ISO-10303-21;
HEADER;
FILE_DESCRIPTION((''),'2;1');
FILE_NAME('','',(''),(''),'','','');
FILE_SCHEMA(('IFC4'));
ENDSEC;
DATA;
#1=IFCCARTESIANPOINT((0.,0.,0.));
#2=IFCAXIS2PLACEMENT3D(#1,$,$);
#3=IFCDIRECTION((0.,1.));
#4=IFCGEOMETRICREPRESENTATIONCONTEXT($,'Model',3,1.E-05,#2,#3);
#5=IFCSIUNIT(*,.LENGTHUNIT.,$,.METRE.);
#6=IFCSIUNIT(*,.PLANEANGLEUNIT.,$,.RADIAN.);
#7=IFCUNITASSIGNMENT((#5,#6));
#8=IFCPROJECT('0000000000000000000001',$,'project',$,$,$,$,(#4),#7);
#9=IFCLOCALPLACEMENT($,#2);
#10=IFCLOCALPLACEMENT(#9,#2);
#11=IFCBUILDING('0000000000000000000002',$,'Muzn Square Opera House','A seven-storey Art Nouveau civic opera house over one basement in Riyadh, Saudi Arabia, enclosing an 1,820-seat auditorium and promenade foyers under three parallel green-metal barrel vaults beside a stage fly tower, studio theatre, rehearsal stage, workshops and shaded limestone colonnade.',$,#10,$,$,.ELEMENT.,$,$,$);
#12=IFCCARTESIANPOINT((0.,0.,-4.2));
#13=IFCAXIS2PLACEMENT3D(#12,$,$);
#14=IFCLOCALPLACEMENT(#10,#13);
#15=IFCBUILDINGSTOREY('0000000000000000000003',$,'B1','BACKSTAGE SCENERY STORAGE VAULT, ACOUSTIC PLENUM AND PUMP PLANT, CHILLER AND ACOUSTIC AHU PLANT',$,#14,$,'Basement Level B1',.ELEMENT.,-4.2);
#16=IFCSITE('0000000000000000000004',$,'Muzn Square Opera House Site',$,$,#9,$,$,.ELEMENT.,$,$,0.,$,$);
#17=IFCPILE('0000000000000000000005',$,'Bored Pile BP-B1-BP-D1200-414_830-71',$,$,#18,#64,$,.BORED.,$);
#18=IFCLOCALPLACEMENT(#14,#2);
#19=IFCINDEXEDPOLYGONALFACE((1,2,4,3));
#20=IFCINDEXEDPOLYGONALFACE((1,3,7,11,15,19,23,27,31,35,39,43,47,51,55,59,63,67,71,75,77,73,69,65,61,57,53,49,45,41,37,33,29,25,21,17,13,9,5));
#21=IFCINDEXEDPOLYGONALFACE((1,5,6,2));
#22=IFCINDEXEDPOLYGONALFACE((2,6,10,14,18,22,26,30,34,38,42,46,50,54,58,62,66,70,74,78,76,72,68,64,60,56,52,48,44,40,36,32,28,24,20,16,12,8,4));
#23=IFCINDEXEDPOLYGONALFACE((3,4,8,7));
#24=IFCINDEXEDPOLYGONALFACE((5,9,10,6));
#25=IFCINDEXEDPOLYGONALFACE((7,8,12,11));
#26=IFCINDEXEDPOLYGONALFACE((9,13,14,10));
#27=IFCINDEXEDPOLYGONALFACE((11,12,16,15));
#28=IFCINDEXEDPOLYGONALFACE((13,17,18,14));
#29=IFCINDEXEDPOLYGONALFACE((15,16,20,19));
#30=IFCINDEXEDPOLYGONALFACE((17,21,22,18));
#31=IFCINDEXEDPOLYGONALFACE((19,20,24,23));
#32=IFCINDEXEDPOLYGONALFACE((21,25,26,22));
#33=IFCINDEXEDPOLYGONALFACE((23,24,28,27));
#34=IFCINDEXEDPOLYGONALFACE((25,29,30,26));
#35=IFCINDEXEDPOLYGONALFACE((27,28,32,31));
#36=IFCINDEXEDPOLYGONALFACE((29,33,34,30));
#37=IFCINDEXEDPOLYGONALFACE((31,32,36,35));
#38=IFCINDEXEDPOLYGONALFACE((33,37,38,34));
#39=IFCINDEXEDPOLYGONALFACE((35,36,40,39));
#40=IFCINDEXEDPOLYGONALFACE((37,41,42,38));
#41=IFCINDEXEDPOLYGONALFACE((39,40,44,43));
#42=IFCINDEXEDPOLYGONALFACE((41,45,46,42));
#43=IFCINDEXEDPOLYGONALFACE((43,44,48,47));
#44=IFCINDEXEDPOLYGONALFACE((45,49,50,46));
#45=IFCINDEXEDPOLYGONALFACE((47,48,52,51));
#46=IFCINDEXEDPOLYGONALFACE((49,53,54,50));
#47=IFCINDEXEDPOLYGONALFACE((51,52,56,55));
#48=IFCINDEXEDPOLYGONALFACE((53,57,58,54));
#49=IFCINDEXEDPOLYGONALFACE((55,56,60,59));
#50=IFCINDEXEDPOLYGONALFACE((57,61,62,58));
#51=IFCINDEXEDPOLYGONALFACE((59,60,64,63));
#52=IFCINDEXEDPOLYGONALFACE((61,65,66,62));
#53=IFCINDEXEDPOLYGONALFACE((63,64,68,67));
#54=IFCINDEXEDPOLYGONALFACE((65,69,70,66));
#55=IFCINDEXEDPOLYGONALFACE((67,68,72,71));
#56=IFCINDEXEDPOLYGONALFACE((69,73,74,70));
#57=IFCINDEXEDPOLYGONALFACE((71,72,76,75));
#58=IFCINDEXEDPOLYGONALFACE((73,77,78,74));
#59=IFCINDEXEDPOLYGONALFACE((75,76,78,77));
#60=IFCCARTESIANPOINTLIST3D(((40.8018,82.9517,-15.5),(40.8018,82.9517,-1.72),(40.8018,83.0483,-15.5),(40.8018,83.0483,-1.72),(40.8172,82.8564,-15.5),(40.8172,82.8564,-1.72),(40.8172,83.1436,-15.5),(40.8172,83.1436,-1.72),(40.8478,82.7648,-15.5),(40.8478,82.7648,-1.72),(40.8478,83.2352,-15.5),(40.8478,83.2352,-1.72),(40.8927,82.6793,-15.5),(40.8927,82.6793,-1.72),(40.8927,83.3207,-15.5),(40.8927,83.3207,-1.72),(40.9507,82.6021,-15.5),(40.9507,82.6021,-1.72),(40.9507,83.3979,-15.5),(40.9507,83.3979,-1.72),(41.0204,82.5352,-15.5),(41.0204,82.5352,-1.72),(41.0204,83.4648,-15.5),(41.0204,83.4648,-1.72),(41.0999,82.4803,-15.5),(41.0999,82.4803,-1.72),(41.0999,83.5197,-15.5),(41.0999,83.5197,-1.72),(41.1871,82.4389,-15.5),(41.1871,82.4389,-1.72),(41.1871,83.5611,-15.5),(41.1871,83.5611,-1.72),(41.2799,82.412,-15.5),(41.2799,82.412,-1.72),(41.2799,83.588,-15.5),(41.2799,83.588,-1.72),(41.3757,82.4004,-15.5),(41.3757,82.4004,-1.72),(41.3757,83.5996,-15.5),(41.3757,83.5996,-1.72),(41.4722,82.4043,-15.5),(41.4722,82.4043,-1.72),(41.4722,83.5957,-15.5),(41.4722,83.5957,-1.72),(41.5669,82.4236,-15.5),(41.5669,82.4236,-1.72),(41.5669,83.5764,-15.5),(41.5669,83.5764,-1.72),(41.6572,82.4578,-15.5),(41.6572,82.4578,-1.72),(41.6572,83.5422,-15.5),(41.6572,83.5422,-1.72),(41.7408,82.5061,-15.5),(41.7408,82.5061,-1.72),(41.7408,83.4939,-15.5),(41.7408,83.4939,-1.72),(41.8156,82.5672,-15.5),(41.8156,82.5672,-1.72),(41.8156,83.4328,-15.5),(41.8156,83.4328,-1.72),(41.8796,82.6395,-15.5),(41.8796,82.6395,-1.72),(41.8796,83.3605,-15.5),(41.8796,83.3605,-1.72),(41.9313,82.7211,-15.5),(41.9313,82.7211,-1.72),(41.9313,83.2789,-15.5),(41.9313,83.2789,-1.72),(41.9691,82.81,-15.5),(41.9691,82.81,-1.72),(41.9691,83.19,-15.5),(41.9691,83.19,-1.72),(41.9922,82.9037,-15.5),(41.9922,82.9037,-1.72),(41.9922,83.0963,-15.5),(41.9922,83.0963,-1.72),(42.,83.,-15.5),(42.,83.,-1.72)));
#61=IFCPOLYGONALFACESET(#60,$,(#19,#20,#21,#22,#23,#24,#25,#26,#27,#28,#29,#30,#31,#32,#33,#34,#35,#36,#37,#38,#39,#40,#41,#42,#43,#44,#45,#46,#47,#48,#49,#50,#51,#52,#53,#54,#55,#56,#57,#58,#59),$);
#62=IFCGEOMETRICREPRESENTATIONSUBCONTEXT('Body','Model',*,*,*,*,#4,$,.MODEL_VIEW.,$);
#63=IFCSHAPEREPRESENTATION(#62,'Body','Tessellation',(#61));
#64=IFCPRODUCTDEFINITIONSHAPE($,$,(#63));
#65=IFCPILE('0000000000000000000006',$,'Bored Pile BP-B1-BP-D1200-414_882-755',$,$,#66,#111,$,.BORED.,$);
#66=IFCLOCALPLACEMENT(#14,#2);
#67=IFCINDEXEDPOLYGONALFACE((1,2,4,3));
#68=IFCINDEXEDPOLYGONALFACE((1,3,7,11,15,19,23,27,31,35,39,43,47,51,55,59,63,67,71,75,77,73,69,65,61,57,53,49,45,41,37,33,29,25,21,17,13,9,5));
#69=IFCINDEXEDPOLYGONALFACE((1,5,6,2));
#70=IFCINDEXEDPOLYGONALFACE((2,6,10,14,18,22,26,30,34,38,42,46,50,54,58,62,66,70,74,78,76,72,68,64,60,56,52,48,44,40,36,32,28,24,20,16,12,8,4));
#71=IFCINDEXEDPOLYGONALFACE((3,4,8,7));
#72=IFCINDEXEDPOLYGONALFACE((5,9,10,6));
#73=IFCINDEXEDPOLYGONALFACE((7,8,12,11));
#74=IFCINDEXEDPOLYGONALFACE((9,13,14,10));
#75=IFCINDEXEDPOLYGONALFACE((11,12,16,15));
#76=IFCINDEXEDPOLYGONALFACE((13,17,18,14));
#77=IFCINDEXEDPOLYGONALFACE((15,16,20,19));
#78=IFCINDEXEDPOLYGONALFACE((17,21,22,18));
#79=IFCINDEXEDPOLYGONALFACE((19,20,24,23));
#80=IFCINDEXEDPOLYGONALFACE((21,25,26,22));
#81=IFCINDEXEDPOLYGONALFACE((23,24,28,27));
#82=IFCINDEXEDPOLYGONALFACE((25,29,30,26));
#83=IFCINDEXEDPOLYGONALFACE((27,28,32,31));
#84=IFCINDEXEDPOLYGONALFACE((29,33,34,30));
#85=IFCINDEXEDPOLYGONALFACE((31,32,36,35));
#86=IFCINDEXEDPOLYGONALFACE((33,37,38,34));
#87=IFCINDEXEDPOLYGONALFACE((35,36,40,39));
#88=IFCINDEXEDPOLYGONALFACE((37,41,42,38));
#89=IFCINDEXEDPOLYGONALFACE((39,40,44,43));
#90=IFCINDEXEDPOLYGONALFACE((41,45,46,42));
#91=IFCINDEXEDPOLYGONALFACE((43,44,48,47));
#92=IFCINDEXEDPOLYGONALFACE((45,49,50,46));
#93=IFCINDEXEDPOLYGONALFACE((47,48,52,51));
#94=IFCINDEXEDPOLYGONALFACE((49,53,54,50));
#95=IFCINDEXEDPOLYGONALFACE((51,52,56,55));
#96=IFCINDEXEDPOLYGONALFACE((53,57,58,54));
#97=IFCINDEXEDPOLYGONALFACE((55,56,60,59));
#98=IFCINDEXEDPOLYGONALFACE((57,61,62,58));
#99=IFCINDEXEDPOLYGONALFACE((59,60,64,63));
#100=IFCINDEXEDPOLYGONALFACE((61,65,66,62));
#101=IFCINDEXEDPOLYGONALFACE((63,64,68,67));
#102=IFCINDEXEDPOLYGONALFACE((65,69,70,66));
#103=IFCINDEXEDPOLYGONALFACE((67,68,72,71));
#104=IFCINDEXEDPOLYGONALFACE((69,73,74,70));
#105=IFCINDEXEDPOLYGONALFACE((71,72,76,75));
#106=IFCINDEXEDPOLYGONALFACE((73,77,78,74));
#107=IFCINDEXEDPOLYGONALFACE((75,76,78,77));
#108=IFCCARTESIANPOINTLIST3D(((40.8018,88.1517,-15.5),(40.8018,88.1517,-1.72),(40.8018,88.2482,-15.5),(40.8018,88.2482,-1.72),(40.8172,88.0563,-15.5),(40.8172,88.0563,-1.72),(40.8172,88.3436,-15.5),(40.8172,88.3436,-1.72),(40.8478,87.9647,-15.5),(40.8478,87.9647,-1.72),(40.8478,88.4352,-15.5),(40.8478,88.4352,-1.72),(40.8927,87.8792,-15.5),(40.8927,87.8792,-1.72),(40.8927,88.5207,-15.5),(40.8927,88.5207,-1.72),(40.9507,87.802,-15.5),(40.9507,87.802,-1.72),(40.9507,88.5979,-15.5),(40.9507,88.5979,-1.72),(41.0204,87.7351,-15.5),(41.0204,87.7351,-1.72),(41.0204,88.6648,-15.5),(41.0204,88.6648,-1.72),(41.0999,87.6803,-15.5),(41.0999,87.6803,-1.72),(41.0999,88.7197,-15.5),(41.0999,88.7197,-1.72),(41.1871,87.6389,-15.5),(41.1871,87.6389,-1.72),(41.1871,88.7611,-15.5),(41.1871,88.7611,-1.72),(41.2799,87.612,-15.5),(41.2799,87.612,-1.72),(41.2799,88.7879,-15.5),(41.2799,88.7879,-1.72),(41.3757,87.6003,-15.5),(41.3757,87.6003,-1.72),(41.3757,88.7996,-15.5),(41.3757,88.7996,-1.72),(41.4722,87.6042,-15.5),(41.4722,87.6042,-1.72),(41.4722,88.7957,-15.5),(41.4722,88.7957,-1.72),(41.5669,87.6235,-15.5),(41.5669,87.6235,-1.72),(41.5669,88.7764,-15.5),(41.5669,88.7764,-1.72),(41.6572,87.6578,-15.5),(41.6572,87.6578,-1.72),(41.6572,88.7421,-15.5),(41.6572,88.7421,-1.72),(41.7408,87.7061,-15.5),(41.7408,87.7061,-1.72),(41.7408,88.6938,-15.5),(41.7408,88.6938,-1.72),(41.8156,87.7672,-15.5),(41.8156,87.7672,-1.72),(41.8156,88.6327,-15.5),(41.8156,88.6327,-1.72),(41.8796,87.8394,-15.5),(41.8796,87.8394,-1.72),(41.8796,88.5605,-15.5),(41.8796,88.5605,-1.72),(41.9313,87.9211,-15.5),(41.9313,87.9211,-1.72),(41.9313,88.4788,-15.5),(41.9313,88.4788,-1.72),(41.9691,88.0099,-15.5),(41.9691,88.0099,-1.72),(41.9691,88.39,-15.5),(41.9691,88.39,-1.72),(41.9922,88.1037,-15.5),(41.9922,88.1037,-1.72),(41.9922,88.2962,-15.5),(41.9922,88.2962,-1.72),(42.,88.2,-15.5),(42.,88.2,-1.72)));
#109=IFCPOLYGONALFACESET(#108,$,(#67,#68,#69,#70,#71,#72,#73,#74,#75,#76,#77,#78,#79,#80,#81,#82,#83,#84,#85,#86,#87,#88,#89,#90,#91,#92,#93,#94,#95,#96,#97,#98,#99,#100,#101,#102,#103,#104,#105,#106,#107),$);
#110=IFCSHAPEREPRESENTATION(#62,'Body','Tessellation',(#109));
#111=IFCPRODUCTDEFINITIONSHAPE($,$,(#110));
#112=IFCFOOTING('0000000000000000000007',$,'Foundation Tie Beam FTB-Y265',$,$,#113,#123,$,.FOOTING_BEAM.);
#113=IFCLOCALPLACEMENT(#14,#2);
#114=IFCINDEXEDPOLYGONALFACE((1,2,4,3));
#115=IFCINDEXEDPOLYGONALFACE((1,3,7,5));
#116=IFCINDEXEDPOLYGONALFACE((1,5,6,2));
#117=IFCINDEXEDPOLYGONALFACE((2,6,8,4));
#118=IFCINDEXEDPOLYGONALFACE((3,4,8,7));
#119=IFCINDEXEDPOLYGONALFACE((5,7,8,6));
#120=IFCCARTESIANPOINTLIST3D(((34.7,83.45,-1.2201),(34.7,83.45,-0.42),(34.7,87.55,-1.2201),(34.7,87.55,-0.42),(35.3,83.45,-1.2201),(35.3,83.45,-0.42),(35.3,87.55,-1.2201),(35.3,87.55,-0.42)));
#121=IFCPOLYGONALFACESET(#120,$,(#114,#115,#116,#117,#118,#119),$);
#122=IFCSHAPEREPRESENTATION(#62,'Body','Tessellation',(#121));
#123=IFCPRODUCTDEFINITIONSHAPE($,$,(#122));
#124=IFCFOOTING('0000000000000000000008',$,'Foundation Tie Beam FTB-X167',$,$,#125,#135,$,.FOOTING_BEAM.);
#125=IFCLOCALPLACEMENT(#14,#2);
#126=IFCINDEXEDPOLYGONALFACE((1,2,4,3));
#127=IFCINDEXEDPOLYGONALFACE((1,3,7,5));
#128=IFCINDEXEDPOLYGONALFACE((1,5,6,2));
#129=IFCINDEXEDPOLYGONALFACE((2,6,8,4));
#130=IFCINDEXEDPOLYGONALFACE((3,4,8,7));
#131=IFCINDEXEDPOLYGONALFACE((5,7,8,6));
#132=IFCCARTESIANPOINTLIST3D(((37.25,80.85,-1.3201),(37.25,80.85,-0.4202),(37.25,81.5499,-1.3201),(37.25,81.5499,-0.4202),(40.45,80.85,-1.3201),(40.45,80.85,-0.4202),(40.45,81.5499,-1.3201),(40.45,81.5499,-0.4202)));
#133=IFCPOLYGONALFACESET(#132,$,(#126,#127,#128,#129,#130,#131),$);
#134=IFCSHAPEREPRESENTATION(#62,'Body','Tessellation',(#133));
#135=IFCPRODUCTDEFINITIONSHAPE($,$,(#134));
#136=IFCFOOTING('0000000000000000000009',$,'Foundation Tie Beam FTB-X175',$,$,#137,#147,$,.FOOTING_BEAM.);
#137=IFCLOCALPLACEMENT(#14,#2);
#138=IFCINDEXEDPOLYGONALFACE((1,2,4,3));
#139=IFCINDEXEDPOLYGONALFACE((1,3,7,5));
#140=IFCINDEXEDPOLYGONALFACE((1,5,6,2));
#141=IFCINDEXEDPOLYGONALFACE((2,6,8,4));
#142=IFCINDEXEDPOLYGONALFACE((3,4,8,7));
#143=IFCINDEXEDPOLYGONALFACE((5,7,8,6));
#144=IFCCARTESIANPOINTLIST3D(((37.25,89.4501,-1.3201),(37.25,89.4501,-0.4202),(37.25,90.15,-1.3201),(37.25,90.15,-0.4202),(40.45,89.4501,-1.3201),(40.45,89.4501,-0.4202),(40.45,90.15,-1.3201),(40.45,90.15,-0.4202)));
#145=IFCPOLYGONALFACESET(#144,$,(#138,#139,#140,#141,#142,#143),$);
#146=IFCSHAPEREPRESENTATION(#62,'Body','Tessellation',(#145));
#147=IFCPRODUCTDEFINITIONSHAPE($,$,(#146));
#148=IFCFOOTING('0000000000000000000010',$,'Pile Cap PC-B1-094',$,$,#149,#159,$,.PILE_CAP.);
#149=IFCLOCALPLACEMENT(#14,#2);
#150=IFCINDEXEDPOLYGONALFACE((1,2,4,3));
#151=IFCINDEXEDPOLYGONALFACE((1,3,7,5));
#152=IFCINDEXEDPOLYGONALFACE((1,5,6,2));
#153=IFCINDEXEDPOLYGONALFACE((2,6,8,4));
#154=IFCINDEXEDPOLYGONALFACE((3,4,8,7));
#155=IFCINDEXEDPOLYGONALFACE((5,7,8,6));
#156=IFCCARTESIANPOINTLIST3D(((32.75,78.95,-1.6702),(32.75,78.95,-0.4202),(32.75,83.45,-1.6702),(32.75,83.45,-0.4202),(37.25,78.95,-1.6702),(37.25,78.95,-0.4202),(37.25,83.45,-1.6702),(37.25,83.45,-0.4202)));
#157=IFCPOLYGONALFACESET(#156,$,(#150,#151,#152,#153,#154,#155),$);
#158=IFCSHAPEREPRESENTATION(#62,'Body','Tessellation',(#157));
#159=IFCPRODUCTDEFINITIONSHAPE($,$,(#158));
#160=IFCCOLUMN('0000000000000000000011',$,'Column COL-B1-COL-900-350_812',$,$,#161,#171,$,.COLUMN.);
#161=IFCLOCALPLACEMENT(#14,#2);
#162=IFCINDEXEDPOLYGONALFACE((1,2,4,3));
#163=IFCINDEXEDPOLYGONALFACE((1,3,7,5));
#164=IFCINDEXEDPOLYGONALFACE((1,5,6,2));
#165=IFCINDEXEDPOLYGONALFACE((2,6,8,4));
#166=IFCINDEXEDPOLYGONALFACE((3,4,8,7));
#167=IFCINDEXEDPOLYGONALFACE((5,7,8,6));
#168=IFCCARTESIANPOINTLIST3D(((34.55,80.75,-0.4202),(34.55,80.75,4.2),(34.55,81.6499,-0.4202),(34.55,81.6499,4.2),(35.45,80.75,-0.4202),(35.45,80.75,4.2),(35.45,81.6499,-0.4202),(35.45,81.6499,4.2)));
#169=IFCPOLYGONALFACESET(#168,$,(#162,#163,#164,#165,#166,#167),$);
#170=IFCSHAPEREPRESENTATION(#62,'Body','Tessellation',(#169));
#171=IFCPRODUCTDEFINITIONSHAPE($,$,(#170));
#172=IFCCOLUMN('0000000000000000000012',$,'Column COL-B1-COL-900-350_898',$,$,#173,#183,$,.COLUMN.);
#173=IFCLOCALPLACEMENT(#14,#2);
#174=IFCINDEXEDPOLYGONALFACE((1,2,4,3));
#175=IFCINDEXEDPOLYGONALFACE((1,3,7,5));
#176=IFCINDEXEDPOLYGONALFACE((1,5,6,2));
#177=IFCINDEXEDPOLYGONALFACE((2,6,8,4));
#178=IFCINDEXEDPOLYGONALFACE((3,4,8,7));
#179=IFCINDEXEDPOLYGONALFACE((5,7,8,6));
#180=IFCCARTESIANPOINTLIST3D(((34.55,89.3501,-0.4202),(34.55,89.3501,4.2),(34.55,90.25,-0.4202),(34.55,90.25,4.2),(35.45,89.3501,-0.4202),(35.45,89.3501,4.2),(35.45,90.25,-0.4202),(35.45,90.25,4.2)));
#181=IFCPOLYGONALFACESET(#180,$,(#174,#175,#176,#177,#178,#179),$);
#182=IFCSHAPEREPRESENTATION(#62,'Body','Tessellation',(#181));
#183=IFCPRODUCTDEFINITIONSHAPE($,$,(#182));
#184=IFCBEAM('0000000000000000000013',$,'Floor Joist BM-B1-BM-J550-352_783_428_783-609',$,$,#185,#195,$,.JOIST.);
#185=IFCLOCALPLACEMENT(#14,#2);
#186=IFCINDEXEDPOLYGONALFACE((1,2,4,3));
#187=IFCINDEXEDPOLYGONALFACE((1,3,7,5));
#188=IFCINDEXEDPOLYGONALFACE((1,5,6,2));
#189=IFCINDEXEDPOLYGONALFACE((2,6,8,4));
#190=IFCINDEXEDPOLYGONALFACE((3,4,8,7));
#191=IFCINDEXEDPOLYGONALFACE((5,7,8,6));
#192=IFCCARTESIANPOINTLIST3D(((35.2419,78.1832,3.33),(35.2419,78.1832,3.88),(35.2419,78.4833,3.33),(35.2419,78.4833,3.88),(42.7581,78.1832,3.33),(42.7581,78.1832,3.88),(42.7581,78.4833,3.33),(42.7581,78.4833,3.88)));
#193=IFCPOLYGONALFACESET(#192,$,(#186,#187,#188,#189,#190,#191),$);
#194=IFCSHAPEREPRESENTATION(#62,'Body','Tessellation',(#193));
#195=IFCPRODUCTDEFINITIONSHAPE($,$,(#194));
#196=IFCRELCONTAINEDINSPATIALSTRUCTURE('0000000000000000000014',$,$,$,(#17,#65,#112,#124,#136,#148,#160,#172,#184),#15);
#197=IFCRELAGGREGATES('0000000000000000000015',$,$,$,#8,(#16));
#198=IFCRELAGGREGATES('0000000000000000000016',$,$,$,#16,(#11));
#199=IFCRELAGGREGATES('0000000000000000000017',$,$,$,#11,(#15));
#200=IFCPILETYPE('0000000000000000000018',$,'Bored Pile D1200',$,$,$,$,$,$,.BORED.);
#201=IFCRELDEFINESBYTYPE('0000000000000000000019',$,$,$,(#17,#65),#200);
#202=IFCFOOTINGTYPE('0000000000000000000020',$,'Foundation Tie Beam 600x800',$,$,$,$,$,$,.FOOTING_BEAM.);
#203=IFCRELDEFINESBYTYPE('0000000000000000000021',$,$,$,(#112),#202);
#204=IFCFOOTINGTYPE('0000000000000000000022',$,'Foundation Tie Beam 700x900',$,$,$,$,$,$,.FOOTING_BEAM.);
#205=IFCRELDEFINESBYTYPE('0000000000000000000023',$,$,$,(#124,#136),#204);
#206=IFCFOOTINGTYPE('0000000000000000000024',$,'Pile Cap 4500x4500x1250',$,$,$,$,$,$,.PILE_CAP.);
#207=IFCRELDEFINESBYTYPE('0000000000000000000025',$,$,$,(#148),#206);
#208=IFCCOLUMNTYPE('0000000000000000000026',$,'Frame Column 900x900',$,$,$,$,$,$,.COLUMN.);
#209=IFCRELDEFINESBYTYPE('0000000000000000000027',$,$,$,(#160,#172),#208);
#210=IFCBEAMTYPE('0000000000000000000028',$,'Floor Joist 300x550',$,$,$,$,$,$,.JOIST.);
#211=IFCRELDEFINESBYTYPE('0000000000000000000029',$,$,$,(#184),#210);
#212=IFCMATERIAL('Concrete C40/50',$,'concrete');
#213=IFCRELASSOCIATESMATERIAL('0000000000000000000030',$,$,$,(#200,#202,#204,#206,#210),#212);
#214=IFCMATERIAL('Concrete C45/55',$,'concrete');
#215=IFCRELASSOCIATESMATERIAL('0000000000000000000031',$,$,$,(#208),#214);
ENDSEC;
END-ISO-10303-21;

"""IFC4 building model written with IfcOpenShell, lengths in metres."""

from ifc_helpers import new_model, si_unit, direction, frame, origin, origin_2d, place, context, subcontext, project, spatial, rectangle, circle, extrude, material, material_profile, profile_set, type_object, element, save


model = new_model("IFC4")

# Units and contexts
model_context = context("Model", 3, precision=1e-05, world=origin(), true_north=direction((0.0, 1.0)))
body_context = subcontext(model_context, "Body", "Model", "MODEL_VIEW")
ifc_project = project(units=[si_unit("LENGTHUNIT", "METRE"), si_unit("PLANEANGLEUNIT", "RADIAN")], contexts=[model_context])

# Site, building, storey
site_placement = place(None, origin())
site = spatial("IfcSite", under=ifc_project, at=site_placement, Name="Muzn Square Opera House Site", CompositionType="ELEMENT", RefElevation=0.0)
building_placement = place(site_placement, origin())
building = spatial("IfcBuilding", under=site, at=building_placement, Name="Muzn Square Opera House", Description="A seven-storey Art Nouveau civic opera house over one basement in Riyadh, Saudi Arabia, enclosing an 1,820-seat auditorium and promenade foyers under three parallel green-metal barrel vaults beside a stage fly tower, studio theatre, rehearsal stage, workshops and shaded limestone colonnade.", CompositionType="ELEMENT")
storey_placement = place(building_placement, frame((0.0, 0.0, -4.2)))
storey = spatial("IfcBuildingStorey", under=building, at=storey_placement, Name="B1", Description="BACKSTAGE SCENERY STORAGE VAULT, ACOUSTIC PLENUM AND PUMP PLANT, CHILLER AND ACOUSTIC AHU PLANT", LongName="Basement Level B1", CompositionType="ELEMENT", Elevation=-4.2)

# Piles
ifc_material_1 = material(Name="Concrete C40/50", Category="concrete")
ifc_material_profile_1 = material_profile(ifc_material_1, circle(Radius=0.6001, at=origin_2d()), Name="BORED PILE D1200", Category="concrete")
ifc_profile_set_1 = profile_set([ifc_material_profile_1], Name="Concrete C40/50")
pile_type_1 = type_object("IfcPileType", Name="Bored Pile D1200", PredefinedType="BORED", material=ifc_profile_set_1)
for number, where, z_axis, x_axis, name in (
    (1, (41.3999, 83.0, -1.72), (0.0, 0.0, -1.0), (1.0, 0.0, 0.0), "Bored Pile BP-B1-BP-D1200-414_830-71"),
    (2, (41.3999, 88.2, -1.72), (0.0, 0.0, -1.0), (1.0, 0.0, 0.0), "Bored Pile BP-B1-BP-D1200-414_882-755"),
):
    element("IfcPile", number, at=place(storey_placement, frame(where, z_axis=z_axis, x_axis=x_axis)), inside=storey, type_object=pile_type_1, Name=name, PredefinedType="BORED", context=body_context, shape_type="SweptSolid", body=[
        extrude(circle(Radius=0.6001, at=origin_2d()), origin(), (0.0, 0.0, 1.0), 13.78),
    ])

# Footings
ifc_material_profile_2 = material_profile(ifc_material_1, rectangle(XDim=0.6001, YDim=0.8, at=origin_2d()), Name="RCTB 600x800", Category="concrete")
ifc_profile_set_2 = profile_set([ifc_material_profile_2], Name="Concrete C40/50")
footing_type_1 = type_object("IfcFootingType", Name="Foundation Tie Beam 600x800", PredefinedType="FOOTING_BEAM", material=ifc_profile_set_2)
footing_1_placement = place(storey_placement, frame((35.0, 83.45, -0.8201), z_axis=(0.0, 1.0, 0.0), x_axis=(-1.0, 0.0, 0.0)))
element("IfcFooting", 3, at=footing_1_placement, inside=storey, type_object=footing_type_1, Name="Foundation Tie Beam FTB-Y265", PredefinedType="FOOTING_BEAM", context=body_context, shape_type="SweptSolid", body=[
    extrude(rectangle(XDim=0.6001, YDim=0.8, at=origin_2d()), origin(), (0.0, 0.0, 1.0), 4.1001),
])
ifc_material_profile_3 = material_profile(ifc_material_1, rectangle(XDim=0.7, YDim=0.8999, at=origin_2d()), Name="RCTB 700x900", Category="concrete")
ifc_profile_set_3 = profile_set([ifc_material_profile_3], Name="Concrete C40/50")
footing_type_2 = type_object("IfcFootingType", Name="Foundation Tie Beam 700x900", PredefinedType="FOOTING_BEAM", material=ifc_profile_set_3)
for number, where, z_axis, x_axis, name in (
    (4, (37.25, 81.2, -0.8701), (1.0, 0.0, 0.0), (0.0, 1.0, 0.0), "Foundation Tie Beam FTB-X167"),
    (5, (37.25, 89.8, -0.8701), (1.0, 0.0, 0.0), (0.0, 1.0, 0.0), "Foundation Tie Beam FTB-X175"),
):
    element("IfcFooting", number, at=place(storey_placement, frame(where, z_axis=z_axis, x_axis=x_axis)), inside=storey, type_object=footing_type_2, Name=name, PredefinedType="FOOTING_BEAM", context=body_context, shape_type="SweptSolid", body=[
        extrude(rectangle(XDim=0.7, YDim=0.8999, at=origin_2d()), origin(), (0.0, 0.0, 1.0), 3.2),
    ])
footing_type_3 = type_object("IfcFootingType", Name="Pile Cap 4500x4500x1250", PredefinedType="PILE_CAP", material=ifc_material_1)
footing_2_placement = place(storey_placement, frame((35.0, 81.2, -1.6702), z_axis=(0.0, 0.0, 1.0), x_axis=(1.0, 0.0, 0.0)))
element("IfcFooting", 6, at=footing_2_placement, inside=storey, type_object=footing_type_3, Name="Pile Cap PC-B1-094", PredefinedType="PILE_CAP", context=body_context, shape_type="SweptSolid", body=[
    extrude(rectangle(XDim=4.5, YDim=4.5, at=origin_2d()), origin(), (0.0, 0.0, 1.0), 1.25),
])

# Columns
ifc_material_2 = material(Name="Concrete C45/55", Category="concrete")
ifc_material_profile_4 = material_profile(ifc_material_2, rectangle(XDim=0.8999, YDim=0.8999, at=origin_2d()), Name="RC 900x900", Category="concrete")
ifc_profile_set_4 = profile_set([ifc_material_profile_4], Name="Concrete C45/55")
column_type = type_object("IfcColumnType", Name="Frame Column 900x900", PredefinedType="COLUMN", material=ifc_profile_set_4)
for number, where, z_axis, x_axis, name in (
    (7, (35.0, 81.2, -0.4202), (0.0, 0.0, 1.0), (1.0, 0.0, 0.0), "Column COL-B1-COL-900-350_812"),
    (8, (35.0, 89.8, -0.4202), (0.0, 0.0, 1.0), (1.0, 0.0, 0.0), "Column COL-B1-COL-900-350_898"),
):
    element("IfcColumn", number, at=place(storey_placement, frame(where, z_axis=z_axis, x_axis=x_axis)), inside=storey, type_object=column_type, Name=name, PredefinedType="COLUMN", context=body_context, shape_type="SweptSolid", body=[
        extrude(rectangle(XDim=0.8999, YDim=0.8999, at=origin_2d()), origin(), (0.0, 0.0, 1.0), 4.6201),
    ])

# Beam
ifc_material_profile_5 = material_profile(ifc_material_1, rectangle(XDim=0.3, YDim=0.55, at=origin_2d()), Name="RCJ 300x550", Category="concrete")
ifc_profile_set_5 = profile_set([ifc_material_profile_5], Name="Concrete C40/50")
beam_type_1 = type_object("IfcBeamType", Name="Floor Joist 300x550", PredefinedType="JOIST", material=ifc_profile_set_5)
for number, where, z_axis, x_axis, name in (
    (9, (35.2419, 78.3333, 3.605), (1.0, 0.0, 0.0), (0.0, 1.0, 0.0), "Floor Joist BM-B1-BM-J550-352_783_428_783-609"),
):
    element("IfcBeam", number, at=place(storey_placement, frame(where, z_axis=z_axis, x_axis=x_axis)), inside=storey, type_object=beam_type_1, Name=name, PredefinedType="JOIST", context=body_context, shape_type="SweptSolid", body=[
        extrude(rectangle(XDim=0.3, YDim=0.55, at=origin_2d()), origin(), (0.0, 0.0, 1.0), 7.5161),
    ])

save(model, "model.ifc")
